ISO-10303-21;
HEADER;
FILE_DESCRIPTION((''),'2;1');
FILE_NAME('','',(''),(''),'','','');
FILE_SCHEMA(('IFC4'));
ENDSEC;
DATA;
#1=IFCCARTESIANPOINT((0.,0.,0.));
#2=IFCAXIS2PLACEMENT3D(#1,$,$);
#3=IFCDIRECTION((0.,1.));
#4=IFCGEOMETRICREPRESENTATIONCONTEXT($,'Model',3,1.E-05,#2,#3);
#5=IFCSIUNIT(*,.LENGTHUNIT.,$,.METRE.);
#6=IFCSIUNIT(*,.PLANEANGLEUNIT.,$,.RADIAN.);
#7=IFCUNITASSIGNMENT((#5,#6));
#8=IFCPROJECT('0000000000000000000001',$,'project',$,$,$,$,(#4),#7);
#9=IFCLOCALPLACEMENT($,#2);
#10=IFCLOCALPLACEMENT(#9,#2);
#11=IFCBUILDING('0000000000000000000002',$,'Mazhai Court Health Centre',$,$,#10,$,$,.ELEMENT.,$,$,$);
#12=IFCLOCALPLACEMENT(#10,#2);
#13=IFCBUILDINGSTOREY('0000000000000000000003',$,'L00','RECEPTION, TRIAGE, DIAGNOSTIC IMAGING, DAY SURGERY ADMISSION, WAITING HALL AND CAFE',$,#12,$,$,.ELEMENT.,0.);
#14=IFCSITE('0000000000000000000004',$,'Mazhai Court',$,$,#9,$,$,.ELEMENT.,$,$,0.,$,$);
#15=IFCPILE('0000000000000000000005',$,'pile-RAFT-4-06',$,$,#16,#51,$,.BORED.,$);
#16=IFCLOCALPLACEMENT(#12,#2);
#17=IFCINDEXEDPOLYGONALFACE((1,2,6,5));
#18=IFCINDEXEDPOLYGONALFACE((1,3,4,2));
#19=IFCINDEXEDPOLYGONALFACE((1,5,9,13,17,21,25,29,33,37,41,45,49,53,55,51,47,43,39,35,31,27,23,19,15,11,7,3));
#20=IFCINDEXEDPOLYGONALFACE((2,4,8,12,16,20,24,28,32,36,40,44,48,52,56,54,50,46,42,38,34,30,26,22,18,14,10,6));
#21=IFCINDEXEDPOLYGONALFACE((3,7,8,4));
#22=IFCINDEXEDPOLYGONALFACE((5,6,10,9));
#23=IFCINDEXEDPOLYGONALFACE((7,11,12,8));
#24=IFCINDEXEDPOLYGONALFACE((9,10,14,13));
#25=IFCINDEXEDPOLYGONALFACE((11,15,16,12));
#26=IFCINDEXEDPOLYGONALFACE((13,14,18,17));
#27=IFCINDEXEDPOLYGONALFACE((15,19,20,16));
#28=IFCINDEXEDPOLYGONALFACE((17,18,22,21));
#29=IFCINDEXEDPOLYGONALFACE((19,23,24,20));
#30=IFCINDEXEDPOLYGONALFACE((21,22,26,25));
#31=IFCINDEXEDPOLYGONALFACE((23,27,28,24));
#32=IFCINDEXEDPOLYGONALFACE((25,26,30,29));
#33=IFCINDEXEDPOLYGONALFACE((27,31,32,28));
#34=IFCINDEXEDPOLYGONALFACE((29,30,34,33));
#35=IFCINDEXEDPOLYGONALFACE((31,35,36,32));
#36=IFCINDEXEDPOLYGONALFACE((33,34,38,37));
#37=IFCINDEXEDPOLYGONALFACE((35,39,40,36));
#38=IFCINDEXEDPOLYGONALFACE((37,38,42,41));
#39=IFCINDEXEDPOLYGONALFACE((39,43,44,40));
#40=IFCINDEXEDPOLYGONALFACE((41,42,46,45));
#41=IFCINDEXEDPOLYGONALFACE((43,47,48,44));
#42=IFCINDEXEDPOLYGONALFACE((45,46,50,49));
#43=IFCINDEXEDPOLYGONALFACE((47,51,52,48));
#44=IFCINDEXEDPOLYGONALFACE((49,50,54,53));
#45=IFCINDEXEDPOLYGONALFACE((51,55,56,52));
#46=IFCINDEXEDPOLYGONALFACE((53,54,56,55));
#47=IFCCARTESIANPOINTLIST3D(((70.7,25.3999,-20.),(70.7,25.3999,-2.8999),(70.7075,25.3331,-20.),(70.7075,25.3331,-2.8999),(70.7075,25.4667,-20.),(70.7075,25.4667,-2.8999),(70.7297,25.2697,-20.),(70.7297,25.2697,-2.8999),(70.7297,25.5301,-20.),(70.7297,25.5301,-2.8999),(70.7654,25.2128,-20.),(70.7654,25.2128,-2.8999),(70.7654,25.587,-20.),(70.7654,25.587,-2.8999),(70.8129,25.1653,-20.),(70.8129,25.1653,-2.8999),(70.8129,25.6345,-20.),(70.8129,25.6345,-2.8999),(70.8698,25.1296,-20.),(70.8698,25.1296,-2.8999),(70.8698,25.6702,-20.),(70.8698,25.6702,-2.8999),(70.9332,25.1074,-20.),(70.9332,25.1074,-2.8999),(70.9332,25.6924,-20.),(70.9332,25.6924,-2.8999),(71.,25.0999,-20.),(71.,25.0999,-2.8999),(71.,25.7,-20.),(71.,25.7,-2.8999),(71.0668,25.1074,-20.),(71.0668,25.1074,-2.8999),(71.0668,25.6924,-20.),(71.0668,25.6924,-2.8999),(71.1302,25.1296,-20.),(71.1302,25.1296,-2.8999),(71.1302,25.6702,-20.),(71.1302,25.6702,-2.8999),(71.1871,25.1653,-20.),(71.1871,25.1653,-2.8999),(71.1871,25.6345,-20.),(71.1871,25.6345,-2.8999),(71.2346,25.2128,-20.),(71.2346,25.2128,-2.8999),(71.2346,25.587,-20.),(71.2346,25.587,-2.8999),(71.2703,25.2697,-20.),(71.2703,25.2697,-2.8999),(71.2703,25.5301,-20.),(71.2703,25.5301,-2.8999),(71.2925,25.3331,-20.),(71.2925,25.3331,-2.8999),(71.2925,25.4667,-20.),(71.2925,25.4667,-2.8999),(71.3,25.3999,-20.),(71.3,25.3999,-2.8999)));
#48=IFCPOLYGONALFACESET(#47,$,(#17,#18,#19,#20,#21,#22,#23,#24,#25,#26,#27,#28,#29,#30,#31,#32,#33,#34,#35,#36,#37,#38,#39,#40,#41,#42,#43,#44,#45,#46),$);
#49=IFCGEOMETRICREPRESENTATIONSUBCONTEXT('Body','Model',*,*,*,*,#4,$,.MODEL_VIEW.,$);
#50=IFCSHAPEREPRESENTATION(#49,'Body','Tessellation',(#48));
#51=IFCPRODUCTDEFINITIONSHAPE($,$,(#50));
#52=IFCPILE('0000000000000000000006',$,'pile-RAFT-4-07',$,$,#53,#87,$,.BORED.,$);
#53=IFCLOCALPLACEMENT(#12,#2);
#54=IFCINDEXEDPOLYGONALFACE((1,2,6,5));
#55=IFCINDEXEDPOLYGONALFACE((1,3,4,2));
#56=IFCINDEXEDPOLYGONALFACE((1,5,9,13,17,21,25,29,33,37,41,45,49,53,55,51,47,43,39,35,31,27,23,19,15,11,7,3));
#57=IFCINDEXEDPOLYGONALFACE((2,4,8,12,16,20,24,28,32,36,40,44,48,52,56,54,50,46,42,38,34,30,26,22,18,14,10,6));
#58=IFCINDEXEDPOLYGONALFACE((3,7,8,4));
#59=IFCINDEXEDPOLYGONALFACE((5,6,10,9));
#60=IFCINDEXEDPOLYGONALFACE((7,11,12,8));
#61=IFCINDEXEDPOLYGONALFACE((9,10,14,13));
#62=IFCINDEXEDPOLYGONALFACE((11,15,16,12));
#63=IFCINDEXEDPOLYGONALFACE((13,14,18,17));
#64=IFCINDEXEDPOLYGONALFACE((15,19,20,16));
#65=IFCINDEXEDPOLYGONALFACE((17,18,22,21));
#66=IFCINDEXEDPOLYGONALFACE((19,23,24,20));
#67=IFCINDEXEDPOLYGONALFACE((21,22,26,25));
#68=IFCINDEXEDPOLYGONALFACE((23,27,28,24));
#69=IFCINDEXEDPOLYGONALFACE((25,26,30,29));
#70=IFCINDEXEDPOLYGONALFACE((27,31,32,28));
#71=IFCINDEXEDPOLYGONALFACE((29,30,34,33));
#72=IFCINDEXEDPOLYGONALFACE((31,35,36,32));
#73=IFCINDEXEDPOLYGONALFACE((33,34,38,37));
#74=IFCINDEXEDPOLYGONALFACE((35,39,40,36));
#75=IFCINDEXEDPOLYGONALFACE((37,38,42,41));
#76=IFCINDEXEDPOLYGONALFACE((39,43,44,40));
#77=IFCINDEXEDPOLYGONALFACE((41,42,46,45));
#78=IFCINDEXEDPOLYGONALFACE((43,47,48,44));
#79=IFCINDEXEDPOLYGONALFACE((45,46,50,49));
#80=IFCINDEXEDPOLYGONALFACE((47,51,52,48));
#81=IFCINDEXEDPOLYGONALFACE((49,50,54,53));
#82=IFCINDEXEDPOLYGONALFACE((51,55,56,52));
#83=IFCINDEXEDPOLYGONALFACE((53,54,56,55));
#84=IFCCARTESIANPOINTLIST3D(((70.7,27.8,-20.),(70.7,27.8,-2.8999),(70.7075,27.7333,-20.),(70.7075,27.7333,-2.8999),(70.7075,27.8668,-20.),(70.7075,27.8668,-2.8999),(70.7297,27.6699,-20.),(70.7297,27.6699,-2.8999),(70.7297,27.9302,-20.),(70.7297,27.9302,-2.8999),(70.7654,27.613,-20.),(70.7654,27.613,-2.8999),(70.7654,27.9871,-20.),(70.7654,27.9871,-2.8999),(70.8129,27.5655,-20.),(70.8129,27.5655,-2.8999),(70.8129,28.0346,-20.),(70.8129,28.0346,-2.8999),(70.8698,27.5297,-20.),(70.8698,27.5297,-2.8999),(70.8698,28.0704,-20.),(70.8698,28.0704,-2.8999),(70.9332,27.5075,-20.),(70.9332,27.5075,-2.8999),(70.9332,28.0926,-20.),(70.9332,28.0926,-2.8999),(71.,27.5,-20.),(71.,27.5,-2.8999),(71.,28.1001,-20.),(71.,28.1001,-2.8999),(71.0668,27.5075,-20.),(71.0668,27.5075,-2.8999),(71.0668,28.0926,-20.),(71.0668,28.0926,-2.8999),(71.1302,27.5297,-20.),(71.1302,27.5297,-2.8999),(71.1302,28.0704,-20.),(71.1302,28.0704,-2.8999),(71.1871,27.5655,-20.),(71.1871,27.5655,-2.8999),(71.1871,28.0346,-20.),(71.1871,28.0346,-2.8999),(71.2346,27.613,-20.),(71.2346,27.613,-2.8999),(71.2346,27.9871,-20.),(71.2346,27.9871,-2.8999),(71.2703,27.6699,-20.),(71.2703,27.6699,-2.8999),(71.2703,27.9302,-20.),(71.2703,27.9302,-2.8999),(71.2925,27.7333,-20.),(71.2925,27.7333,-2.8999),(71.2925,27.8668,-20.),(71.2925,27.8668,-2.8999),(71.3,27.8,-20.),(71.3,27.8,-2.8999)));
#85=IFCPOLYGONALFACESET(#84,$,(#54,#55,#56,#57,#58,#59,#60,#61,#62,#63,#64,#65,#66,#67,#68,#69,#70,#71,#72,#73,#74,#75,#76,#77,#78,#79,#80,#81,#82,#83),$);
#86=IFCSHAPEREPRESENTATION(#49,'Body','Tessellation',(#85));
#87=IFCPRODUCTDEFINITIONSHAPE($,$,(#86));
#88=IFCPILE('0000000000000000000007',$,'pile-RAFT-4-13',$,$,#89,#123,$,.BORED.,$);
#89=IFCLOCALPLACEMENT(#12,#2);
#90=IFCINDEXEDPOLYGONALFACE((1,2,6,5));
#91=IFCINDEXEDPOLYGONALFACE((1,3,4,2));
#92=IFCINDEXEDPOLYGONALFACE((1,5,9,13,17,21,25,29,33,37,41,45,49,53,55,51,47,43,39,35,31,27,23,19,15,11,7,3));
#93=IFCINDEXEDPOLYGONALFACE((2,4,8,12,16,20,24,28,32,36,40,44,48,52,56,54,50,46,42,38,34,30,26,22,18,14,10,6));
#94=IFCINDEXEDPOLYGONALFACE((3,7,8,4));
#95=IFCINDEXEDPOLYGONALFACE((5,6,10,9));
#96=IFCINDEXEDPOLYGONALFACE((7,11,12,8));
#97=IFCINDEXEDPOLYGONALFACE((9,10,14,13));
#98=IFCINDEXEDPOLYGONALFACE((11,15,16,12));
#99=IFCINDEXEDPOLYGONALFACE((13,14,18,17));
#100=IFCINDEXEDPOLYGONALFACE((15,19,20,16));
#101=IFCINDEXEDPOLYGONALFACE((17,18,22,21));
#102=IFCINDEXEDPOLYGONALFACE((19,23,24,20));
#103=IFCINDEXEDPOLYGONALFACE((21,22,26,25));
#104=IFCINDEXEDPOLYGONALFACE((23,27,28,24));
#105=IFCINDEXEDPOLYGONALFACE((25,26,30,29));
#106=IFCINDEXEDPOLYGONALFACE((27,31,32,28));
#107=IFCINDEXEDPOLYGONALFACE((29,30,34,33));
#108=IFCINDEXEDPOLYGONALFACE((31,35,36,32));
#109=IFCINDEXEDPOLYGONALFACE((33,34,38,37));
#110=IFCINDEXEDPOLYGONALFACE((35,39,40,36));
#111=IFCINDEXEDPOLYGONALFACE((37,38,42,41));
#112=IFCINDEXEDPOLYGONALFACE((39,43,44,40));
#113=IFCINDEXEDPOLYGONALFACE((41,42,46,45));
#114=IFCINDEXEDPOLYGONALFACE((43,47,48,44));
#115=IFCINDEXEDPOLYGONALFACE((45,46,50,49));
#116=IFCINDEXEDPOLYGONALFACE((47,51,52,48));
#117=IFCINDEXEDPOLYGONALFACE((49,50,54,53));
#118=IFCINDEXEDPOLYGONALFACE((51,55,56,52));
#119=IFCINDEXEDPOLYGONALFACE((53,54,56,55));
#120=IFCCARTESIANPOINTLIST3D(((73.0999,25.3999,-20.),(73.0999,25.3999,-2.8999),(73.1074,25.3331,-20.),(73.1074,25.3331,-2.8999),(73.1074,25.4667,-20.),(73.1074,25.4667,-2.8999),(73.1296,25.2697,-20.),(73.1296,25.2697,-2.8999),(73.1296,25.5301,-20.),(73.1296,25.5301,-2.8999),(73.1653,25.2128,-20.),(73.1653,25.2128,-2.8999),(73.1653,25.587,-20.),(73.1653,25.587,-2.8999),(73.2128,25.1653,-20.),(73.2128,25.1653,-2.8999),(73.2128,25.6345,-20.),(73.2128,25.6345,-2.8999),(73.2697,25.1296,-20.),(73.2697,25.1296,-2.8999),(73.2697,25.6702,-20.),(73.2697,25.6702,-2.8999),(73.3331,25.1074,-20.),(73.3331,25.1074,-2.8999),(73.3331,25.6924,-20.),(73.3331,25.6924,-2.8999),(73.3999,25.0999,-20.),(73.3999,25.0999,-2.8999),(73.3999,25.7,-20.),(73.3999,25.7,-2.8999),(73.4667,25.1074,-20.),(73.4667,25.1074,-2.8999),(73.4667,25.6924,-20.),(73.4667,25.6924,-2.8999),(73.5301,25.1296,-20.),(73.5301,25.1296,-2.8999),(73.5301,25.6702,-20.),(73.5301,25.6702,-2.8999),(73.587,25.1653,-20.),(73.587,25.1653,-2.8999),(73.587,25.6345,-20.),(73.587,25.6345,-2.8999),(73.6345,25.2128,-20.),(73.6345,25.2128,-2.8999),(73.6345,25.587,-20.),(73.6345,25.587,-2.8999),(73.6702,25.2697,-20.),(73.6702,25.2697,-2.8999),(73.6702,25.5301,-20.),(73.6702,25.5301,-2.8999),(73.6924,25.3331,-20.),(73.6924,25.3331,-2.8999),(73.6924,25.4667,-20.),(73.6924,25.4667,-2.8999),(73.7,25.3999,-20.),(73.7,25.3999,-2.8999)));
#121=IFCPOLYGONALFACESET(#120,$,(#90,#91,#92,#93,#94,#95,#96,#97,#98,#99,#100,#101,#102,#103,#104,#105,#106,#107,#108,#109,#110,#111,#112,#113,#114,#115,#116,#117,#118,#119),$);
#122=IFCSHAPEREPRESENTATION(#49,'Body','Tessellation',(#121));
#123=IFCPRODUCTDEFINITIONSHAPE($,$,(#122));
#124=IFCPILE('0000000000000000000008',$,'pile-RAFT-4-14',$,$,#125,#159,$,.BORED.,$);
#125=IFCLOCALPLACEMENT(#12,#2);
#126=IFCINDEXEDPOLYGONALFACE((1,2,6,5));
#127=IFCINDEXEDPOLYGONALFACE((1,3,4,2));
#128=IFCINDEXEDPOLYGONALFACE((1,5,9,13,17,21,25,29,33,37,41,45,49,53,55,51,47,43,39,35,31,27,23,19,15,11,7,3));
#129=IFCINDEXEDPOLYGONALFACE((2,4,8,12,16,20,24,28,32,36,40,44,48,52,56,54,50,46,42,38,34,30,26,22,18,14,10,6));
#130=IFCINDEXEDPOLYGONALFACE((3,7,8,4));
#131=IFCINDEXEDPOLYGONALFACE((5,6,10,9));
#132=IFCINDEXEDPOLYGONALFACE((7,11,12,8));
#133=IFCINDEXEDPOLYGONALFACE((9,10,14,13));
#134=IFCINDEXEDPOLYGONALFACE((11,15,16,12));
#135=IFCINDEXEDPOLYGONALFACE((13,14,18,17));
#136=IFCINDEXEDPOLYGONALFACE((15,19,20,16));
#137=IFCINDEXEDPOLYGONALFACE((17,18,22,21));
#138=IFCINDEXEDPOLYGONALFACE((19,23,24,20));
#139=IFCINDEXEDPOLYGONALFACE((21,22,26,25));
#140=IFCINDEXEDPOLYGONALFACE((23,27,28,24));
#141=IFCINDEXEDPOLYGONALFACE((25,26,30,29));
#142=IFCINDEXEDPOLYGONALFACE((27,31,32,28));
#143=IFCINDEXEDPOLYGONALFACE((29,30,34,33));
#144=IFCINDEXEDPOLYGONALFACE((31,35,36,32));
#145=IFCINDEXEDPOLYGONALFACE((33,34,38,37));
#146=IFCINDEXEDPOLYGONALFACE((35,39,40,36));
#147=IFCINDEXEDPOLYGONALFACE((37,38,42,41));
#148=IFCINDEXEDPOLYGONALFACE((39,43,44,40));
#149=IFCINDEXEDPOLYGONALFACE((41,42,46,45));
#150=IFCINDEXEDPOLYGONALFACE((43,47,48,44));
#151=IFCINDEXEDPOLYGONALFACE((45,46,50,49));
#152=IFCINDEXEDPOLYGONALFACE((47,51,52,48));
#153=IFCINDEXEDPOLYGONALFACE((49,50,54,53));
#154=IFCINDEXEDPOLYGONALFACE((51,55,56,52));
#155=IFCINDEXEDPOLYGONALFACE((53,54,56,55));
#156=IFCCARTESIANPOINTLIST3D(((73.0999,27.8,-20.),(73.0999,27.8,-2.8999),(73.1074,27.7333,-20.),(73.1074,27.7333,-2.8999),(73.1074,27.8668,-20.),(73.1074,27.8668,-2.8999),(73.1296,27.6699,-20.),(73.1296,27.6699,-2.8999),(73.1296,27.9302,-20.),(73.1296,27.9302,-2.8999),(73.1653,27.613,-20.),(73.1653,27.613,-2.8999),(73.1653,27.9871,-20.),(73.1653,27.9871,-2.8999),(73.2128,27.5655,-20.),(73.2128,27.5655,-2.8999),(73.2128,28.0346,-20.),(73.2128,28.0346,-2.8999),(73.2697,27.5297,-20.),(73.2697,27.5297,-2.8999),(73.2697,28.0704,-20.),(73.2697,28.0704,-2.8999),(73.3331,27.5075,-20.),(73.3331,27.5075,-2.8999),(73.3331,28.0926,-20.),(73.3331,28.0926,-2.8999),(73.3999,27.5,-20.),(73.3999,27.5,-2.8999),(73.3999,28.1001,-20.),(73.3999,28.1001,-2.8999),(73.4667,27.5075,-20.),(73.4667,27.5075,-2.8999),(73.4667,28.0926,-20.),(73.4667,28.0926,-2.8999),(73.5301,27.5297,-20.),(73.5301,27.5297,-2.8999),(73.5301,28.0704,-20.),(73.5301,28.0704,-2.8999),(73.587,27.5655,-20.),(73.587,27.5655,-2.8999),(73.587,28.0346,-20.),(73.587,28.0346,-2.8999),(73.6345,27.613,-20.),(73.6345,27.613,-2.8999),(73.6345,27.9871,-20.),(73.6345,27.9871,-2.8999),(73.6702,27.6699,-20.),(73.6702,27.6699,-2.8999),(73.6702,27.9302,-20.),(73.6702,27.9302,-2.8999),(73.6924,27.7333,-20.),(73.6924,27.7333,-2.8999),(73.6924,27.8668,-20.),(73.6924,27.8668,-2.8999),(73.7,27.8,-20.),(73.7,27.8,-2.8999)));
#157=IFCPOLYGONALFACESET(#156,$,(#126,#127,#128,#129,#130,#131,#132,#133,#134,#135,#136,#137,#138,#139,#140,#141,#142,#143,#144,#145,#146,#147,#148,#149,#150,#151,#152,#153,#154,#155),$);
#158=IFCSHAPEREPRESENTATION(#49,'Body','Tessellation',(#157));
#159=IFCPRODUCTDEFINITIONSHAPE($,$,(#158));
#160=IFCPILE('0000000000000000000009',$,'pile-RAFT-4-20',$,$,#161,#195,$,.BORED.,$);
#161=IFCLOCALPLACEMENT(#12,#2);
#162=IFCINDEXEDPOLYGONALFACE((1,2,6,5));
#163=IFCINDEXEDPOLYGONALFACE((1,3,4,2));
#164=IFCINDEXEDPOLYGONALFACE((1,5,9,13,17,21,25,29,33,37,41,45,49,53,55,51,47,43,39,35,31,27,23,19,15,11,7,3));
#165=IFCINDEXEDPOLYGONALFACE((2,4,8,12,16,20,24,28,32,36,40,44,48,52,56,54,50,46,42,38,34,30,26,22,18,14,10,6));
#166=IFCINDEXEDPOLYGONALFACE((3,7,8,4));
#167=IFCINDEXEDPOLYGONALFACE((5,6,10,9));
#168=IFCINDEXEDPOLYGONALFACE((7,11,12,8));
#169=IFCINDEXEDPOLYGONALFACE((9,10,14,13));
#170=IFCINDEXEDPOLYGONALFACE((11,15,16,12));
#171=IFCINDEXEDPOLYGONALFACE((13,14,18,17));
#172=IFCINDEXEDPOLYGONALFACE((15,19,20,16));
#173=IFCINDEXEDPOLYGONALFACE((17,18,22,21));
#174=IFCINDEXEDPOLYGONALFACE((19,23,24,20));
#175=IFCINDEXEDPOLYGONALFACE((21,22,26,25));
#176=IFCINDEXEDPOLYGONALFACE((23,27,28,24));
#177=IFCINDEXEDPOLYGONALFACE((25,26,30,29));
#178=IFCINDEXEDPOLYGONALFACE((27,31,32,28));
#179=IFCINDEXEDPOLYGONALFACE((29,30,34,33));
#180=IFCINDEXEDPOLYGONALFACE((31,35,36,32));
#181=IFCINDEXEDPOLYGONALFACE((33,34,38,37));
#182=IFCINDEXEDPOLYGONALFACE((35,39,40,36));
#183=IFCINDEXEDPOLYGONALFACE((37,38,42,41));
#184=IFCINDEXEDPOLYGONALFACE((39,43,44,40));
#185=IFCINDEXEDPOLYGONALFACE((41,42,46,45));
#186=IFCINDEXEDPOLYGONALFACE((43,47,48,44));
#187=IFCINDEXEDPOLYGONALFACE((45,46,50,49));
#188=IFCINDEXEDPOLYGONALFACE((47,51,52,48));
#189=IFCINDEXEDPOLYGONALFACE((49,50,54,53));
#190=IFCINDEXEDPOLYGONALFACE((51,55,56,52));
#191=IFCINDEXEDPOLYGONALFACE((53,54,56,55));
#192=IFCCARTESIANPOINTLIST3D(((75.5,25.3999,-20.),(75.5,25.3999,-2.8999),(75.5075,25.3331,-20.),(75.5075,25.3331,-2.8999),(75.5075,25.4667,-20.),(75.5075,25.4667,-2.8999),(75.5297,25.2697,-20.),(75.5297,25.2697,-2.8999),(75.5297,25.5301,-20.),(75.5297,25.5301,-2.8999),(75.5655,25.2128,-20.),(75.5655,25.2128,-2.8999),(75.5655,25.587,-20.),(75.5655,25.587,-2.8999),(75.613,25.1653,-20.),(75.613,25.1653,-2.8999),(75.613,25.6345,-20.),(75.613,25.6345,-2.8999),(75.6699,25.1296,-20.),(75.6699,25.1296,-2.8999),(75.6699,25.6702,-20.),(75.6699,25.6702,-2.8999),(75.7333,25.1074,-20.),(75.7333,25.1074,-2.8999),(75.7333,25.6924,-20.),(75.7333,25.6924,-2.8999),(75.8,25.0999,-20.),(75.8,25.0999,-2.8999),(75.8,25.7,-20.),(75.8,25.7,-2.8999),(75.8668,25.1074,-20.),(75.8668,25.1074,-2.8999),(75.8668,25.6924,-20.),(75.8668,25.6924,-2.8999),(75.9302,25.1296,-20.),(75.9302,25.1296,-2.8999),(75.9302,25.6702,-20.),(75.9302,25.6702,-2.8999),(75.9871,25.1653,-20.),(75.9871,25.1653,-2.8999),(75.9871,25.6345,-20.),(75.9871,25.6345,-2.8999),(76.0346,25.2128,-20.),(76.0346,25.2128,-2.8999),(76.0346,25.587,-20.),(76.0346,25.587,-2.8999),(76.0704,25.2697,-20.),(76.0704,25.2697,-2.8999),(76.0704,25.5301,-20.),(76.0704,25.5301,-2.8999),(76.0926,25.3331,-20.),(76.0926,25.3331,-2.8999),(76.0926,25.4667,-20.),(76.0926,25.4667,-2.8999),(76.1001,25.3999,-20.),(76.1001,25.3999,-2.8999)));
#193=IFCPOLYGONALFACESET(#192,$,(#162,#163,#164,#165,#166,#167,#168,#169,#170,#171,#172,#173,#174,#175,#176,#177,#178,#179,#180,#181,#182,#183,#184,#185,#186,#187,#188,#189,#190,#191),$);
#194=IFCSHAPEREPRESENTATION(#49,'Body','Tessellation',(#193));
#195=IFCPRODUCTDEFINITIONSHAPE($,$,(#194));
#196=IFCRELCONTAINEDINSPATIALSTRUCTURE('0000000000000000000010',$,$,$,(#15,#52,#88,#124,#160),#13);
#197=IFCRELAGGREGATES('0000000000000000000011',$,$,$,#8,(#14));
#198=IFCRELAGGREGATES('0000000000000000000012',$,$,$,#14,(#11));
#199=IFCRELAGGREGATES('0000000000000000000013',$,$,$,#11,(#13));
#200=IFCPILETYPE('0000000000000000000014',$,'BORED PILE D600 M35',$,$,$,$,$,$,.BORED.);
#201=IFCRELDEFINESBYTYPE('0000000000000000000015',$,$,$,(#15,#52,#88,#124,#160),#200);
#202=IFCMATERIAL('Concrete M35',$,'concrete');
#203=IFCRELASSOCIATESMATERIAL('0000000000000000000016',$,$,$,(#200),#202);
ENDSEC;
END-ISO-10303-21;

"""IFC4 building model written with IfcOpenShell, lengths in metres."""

from ifc_helpers import new_model, si_unit, direction, frame, origin, origin_2d, place, context, subcontext, project, spatial, circle, extrude, material, material_profile, profile_set, type_object, element, save


model = new_model("IFC4")

# Units and contexts
model_context = context("Model", 3, precision=1e-05, world=origin(), true_north=direction((0.0, 1.0)))
body_context = subcontext(model_context, "Body", "Model", "MODEL_VIEW")
ifc_project = project(units=[si_unit("LENGTHUNIT", "METRE"), si_unit("PLANEANGLEUNIT", "RADIAN")], contexts=[model_context])

# Site, building, storey
site_placement = place(None, origin())
site = spatial("IfcSite", under=ifc_project, at=site_placement, Name="Mazhai Court", CompositionType="ELEMENT", RefElevation=0.0)
building_placement = place(site_placement, origin())
building = spatial("IfcBuilding", under=site, at=building_placement, Name="Mazhai Court Health Centre", CompositionType="ELEMENT")
storey_placement = place(building_placement, origin())
storey = spatial("IfcBuildingStorey", under=building, at=storey_placement, Name="L00", Description="RECEPTION, TRIAGE, DIAGNOSTIC IMAGING, DAY SURGERY ADMISSION, WAITING HALL AND CAFE", CompositionType="ELEMENT", Elevation=0.0)

# Piles
ifc_material_1 = material(Name="Concrete M35", Category="concrete")
ifc_material_profile_1 = material_profile(ifc_material_1, circle(Radius=0.3, at=origin_2d()), Name="RC PILE D600")
ifc_profile_set_1 = profile_set([ifc_material_profile_1], Name="Concrete M35")
pile_type = type_object("IfcPileType", Name="BORED PILE D600 M35", PredefinedType="BORED", material=ifc_profile_set_1)
for number, where, z_axis, x_axis, name in (
    (1, (71.0, 25.3999, -2.8999), (0.0, 0.0, -1.0), (1.0, 0.0, 0.0), "pile-RAFT-4-06"),
    (2, (71.0, 27.8, -2.8999), (0.0, 0.0, -1.0), (1.0, 0.0, 0.0), "pile-RAFT-4-07"),
    (3, (73.3999, 25.3999, -2.8999), (0.0, 0.0, -1.0), (1.0, 0.0, 0.0), "pile-RAFT-4-13"),
    (4, (73.3999, 27.8, -2.8999), (0.0, 0.0, -1.0), (1.0, 0.0, 0.0), "pile-RAFT-4-14"),
    (5, (75.8, 25.3999, -2.8999), (0.0, 0.0, -1.0), (1.0, 0.0, 0.0), "pile-RAFT-4-20"),
):
    element("IfcPile", number, at=place(storey_placement, frame(where, z_axis=z_axis, x_axis=x_axis)), inside=storey, type_object=pile_type, Name=name, PredefinedType="BORED", context=body_context, shape_type="SweptSolid", body=[
        extrude(circle(Radius=0.3, at=origin_2d()), origin(), (0.0, 0.0, 1.0), 17.1001),
    ])

save(model, "model.ifc")
